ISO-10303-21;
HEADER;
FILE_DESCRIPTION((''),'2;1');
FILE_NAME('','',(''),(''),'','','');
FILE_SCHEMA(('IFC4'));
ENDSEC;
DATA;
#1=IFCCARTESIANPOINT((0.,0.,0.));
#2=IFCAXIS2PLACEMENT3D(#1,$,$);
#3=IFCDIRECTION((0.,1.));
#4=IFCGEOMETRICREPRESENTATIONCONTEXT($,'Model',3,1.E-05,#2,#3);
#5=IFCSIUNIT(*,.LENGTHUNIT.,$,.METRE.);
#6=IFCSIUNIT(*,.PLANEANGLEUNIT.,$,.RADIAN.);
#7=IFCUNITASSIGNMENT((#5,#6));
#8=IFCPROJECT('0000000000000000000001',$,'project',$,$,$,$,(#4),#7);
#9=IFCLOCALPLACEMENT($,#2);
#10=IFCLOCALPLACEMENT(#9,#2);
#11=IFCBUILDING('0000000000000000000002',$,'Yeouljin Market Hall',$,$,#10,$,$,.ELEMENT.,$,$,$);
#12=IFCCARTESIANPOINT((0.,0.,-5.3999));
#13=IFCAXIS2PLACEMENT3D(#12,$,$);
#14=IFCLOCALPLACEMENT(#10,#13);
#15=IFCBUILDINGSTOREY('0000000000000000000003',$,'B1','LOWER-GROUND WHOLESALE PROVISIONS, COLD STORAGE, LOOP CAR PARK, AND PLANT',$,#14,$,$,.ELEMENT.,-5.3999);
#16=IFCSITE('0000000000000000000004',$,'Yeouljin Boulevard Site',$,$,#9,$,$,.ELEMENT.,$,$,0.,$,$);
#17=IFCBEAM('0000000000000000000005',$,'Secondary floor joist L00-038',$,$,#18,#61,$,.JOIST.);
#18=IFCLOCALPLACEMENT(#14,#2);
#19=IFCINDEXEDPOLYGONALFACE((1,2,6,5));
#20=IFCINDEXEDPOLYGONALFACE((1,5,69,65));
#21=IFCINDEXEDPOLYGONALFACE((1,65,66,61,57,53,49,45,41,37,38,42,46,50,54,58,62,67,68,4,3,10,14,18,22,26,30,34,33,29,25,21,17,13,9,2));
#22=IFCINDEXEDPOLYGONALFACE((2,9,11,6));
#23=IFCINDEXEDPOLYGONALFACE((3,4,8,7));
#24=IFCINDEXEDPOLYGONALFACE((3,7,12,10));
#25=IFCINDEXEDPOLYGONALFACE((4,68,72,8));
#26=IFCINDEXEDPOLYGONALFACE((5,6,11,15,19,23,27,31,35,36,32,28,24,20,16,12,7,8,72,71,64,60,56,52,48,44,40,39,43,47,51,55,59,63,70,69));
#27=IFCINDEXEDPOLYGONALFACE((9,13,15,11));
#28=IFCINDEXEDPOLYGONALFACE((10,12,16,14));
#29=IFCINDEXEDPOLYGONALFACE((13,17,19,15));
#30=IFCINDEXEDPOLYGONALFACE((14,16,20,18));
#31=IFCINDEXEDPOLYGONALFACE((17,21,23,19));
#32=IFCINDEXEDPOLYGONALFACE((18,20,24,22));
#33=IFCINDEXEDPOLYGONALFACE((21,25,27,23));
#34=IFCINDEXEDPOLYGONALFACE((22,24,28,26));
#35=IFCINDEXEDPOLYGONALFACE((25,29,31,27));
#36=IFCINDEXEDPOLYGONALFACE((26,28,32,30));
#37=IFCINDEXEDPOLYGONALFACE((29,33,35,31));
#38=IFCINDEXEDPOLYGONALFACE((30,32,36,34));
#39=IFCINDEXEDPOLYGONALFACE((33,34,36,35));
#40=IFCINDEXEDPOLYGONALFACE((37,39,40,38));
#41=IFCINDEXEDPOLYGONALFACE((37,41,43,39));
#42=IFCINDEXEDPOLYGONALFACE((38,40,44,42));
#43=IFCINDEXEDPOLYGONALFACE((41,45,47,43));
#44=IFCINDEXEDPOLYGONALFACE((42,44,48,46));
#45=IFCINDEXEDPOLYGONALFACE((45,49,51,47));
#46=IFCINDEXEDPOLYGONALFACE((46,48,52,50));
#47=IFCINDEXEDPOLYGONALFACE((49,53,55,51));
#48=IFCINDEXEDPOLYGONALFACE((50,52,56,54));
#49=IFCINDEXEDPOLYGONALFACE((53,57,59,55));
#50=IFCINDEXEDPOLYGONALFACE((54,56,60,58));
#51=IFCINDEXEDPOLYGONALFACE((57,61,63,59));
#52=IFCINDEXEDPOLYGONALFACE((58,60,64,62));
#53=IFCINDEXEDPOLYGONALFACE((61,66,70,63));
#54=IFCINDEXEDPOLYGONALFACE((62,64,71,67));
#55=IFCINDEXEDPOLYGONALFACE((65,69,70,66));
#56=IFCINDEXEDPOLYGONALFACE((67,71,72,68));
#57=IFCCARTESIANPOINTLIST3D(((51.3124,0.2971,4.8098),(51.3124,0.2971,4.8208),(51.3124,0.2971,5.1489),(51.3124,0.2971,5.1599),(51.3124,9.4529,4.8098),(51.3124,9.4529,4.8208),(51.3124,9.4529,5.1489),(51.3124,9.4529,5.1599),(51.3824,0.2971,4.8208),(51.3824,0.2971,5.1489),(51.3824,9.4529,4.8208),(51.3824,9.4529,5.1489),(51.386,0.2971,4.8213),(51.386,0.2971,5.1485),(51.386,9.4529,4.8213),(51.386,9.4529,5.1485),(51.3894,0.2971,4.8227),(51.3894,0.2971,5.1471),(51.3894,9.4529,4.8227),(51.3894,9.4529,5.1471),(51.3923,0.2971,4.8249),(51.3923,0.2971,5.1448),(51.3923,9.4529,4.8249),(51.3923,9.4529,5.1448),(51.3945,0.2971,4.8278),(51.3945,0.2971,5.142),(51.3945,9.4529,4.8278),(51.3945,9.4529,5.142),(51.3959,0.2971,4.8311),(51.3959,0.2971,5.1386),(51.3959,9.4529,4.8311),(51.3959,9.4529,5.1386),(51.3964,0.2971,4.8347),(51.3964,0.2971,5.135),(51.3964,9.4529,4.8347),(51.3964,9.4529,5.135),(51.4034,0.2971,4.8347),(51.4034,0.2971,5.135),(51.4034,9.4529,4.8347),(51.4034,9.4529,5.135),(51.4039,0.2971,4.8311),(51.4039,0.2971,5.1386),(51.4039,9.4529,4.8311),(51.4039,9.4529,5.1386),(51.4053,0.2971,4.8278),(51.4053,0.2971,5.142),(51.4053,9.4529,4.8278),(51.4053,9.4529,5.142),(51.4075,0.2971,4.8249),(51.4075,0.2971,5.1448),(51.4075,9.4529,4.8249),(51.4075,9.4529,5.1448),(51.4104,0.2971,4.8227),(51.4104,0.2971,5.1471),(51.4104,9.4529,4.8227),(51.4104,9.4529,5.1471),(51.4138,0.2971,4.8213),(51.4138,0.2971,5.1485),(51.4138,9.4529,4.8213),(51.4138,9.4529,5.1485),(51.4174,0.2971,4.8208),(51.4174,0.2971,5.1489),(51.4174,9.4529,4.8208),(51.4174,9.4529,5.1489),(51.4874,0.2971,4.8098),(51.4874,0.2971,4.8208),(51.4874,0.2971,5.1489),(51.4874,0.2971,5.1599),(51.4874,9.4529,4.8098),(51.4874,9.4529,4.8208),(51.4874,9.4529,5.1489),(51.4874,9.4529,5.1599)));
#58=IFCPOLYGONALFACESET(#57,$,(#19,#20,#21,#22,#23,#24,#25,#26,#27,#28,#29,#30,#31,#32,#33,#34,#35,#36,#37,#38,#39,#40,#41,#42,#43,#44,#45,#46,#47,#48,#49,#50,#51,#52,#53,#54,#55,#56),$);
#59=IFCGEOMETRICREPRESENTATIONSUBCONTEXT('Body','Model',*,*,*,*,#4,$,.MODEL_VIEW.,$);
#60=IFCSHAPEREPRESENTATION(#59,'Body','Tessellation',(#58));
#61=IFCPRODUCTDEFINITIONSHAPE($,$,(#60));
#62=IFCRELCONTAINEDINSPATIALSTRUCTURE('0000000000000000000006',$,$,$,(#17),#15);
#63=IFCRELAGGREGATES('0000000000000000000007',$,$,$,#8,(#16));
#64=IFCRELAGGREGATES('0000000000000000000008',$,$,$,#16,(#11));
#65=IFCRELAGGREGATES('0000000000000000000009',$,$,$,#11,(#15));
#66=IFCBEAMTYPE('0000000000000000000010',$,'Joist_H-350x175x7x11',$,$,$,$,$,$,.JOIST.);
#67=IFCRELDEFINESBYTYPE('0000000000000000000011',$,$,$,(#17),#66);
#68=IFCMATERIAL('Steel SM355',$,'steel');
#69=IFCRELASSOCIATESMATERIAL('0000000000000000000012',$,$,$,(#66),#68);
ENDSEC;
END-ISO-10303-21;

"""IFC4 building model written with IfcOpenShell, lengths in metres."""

from ifc_helpers import new_model, si_unit, direction, frame, origin, origin_2d, place, context, subcontext, project, spatial, i_section, extrude, material, material_profile, profile_set, type_object, element, save


model = new_model("IFC4")

# Units and contexts
model_context = context("Model", 3, precision=1e-05, world=origin(), true_north=direction((0.0, 1.0)))
body_context = subcontext(model_context, "Body", "Model", "MODEL_VIEW")
ifc_project = project(units=[si_unit("LENGTHUNIT", "METRE"), si_unit("PLANEANGLEUNIT", "RADIAN")], contexts=[model_context])

# Site, building, storey
site_placement = place(None, origin())
site = spatial("IfcSite", under=ifc_project, at=site_placement, Name="Yeouljin Boulevard Site", CompositionType="ELEMENT", RefElevation=0.0)
building_placement = place(site_placement, origin())
building = spatial("IfcBuilding", under=site, at=building_placement, Name="Yeouljin Market Hall", CompositionType="ELEMENT")
storey_placement = place(building_placement, frame((0.0, 0.0, -5.3999)))
storey = spatial("IfcBuildingStorey", under=building, at=storey_placement, Name="B1", Description="LOWER-GROUND WHOLESALE PROVISIONS, COLD STORAGE, LOOP CAR PARK, AND PLANT", CompositionType="ELEMENT", Elevation=-5.3999)

# Beam
ifc_material_1 = material(Name="Steel SM355", Category="steel")
ifc_material_profile_1 = material_profile(ifc_material_1, i_section(OverallWidth=0.175, OverallDepth=0.3501, WebThickness=0.0071, FlangeThickness=0.011, FilletRadius=0.0139, at=origin_2d()), Name="H-350x175x7x11")
ifc_profile_set_1 = profile_set([ifc_material_profile_1], Name="Steel SM355")
beam_type_1 = type_object("IfcBeamType", Name="Joist_H-350x175x7x11", PredefinedType="JOIST", material=ifc_profile_set_1)
for number, where, z_axis, x_axis, name in (
    (1, (51.3999, 0.2971, 4.9849), (0.0, 1.0, 0.0), (-1.0, 0.0, 0.0), "Secondary floor joist L00-038"),
):
    element("IfcBeam", number, at=place(storey_placement, frame(where, z_axis=z_axis, x_axis=x_axis)), inside=storey, type_object=beam_type_1, Name=name, PredefinedType="JOIST", context=body_context, shape_type="SweptSolid", body=[
        extrude(i_section(OverallWidth=0.175, OverallDepth=0.3501, WebThickness=0.0071, FlangeThickness=0.011, FilletRadius=0.0139, at=origin_2d()), origin(), (0.0, 0.0, 1.0), 9.1558),
    ])

save(model, "model.ifc")
